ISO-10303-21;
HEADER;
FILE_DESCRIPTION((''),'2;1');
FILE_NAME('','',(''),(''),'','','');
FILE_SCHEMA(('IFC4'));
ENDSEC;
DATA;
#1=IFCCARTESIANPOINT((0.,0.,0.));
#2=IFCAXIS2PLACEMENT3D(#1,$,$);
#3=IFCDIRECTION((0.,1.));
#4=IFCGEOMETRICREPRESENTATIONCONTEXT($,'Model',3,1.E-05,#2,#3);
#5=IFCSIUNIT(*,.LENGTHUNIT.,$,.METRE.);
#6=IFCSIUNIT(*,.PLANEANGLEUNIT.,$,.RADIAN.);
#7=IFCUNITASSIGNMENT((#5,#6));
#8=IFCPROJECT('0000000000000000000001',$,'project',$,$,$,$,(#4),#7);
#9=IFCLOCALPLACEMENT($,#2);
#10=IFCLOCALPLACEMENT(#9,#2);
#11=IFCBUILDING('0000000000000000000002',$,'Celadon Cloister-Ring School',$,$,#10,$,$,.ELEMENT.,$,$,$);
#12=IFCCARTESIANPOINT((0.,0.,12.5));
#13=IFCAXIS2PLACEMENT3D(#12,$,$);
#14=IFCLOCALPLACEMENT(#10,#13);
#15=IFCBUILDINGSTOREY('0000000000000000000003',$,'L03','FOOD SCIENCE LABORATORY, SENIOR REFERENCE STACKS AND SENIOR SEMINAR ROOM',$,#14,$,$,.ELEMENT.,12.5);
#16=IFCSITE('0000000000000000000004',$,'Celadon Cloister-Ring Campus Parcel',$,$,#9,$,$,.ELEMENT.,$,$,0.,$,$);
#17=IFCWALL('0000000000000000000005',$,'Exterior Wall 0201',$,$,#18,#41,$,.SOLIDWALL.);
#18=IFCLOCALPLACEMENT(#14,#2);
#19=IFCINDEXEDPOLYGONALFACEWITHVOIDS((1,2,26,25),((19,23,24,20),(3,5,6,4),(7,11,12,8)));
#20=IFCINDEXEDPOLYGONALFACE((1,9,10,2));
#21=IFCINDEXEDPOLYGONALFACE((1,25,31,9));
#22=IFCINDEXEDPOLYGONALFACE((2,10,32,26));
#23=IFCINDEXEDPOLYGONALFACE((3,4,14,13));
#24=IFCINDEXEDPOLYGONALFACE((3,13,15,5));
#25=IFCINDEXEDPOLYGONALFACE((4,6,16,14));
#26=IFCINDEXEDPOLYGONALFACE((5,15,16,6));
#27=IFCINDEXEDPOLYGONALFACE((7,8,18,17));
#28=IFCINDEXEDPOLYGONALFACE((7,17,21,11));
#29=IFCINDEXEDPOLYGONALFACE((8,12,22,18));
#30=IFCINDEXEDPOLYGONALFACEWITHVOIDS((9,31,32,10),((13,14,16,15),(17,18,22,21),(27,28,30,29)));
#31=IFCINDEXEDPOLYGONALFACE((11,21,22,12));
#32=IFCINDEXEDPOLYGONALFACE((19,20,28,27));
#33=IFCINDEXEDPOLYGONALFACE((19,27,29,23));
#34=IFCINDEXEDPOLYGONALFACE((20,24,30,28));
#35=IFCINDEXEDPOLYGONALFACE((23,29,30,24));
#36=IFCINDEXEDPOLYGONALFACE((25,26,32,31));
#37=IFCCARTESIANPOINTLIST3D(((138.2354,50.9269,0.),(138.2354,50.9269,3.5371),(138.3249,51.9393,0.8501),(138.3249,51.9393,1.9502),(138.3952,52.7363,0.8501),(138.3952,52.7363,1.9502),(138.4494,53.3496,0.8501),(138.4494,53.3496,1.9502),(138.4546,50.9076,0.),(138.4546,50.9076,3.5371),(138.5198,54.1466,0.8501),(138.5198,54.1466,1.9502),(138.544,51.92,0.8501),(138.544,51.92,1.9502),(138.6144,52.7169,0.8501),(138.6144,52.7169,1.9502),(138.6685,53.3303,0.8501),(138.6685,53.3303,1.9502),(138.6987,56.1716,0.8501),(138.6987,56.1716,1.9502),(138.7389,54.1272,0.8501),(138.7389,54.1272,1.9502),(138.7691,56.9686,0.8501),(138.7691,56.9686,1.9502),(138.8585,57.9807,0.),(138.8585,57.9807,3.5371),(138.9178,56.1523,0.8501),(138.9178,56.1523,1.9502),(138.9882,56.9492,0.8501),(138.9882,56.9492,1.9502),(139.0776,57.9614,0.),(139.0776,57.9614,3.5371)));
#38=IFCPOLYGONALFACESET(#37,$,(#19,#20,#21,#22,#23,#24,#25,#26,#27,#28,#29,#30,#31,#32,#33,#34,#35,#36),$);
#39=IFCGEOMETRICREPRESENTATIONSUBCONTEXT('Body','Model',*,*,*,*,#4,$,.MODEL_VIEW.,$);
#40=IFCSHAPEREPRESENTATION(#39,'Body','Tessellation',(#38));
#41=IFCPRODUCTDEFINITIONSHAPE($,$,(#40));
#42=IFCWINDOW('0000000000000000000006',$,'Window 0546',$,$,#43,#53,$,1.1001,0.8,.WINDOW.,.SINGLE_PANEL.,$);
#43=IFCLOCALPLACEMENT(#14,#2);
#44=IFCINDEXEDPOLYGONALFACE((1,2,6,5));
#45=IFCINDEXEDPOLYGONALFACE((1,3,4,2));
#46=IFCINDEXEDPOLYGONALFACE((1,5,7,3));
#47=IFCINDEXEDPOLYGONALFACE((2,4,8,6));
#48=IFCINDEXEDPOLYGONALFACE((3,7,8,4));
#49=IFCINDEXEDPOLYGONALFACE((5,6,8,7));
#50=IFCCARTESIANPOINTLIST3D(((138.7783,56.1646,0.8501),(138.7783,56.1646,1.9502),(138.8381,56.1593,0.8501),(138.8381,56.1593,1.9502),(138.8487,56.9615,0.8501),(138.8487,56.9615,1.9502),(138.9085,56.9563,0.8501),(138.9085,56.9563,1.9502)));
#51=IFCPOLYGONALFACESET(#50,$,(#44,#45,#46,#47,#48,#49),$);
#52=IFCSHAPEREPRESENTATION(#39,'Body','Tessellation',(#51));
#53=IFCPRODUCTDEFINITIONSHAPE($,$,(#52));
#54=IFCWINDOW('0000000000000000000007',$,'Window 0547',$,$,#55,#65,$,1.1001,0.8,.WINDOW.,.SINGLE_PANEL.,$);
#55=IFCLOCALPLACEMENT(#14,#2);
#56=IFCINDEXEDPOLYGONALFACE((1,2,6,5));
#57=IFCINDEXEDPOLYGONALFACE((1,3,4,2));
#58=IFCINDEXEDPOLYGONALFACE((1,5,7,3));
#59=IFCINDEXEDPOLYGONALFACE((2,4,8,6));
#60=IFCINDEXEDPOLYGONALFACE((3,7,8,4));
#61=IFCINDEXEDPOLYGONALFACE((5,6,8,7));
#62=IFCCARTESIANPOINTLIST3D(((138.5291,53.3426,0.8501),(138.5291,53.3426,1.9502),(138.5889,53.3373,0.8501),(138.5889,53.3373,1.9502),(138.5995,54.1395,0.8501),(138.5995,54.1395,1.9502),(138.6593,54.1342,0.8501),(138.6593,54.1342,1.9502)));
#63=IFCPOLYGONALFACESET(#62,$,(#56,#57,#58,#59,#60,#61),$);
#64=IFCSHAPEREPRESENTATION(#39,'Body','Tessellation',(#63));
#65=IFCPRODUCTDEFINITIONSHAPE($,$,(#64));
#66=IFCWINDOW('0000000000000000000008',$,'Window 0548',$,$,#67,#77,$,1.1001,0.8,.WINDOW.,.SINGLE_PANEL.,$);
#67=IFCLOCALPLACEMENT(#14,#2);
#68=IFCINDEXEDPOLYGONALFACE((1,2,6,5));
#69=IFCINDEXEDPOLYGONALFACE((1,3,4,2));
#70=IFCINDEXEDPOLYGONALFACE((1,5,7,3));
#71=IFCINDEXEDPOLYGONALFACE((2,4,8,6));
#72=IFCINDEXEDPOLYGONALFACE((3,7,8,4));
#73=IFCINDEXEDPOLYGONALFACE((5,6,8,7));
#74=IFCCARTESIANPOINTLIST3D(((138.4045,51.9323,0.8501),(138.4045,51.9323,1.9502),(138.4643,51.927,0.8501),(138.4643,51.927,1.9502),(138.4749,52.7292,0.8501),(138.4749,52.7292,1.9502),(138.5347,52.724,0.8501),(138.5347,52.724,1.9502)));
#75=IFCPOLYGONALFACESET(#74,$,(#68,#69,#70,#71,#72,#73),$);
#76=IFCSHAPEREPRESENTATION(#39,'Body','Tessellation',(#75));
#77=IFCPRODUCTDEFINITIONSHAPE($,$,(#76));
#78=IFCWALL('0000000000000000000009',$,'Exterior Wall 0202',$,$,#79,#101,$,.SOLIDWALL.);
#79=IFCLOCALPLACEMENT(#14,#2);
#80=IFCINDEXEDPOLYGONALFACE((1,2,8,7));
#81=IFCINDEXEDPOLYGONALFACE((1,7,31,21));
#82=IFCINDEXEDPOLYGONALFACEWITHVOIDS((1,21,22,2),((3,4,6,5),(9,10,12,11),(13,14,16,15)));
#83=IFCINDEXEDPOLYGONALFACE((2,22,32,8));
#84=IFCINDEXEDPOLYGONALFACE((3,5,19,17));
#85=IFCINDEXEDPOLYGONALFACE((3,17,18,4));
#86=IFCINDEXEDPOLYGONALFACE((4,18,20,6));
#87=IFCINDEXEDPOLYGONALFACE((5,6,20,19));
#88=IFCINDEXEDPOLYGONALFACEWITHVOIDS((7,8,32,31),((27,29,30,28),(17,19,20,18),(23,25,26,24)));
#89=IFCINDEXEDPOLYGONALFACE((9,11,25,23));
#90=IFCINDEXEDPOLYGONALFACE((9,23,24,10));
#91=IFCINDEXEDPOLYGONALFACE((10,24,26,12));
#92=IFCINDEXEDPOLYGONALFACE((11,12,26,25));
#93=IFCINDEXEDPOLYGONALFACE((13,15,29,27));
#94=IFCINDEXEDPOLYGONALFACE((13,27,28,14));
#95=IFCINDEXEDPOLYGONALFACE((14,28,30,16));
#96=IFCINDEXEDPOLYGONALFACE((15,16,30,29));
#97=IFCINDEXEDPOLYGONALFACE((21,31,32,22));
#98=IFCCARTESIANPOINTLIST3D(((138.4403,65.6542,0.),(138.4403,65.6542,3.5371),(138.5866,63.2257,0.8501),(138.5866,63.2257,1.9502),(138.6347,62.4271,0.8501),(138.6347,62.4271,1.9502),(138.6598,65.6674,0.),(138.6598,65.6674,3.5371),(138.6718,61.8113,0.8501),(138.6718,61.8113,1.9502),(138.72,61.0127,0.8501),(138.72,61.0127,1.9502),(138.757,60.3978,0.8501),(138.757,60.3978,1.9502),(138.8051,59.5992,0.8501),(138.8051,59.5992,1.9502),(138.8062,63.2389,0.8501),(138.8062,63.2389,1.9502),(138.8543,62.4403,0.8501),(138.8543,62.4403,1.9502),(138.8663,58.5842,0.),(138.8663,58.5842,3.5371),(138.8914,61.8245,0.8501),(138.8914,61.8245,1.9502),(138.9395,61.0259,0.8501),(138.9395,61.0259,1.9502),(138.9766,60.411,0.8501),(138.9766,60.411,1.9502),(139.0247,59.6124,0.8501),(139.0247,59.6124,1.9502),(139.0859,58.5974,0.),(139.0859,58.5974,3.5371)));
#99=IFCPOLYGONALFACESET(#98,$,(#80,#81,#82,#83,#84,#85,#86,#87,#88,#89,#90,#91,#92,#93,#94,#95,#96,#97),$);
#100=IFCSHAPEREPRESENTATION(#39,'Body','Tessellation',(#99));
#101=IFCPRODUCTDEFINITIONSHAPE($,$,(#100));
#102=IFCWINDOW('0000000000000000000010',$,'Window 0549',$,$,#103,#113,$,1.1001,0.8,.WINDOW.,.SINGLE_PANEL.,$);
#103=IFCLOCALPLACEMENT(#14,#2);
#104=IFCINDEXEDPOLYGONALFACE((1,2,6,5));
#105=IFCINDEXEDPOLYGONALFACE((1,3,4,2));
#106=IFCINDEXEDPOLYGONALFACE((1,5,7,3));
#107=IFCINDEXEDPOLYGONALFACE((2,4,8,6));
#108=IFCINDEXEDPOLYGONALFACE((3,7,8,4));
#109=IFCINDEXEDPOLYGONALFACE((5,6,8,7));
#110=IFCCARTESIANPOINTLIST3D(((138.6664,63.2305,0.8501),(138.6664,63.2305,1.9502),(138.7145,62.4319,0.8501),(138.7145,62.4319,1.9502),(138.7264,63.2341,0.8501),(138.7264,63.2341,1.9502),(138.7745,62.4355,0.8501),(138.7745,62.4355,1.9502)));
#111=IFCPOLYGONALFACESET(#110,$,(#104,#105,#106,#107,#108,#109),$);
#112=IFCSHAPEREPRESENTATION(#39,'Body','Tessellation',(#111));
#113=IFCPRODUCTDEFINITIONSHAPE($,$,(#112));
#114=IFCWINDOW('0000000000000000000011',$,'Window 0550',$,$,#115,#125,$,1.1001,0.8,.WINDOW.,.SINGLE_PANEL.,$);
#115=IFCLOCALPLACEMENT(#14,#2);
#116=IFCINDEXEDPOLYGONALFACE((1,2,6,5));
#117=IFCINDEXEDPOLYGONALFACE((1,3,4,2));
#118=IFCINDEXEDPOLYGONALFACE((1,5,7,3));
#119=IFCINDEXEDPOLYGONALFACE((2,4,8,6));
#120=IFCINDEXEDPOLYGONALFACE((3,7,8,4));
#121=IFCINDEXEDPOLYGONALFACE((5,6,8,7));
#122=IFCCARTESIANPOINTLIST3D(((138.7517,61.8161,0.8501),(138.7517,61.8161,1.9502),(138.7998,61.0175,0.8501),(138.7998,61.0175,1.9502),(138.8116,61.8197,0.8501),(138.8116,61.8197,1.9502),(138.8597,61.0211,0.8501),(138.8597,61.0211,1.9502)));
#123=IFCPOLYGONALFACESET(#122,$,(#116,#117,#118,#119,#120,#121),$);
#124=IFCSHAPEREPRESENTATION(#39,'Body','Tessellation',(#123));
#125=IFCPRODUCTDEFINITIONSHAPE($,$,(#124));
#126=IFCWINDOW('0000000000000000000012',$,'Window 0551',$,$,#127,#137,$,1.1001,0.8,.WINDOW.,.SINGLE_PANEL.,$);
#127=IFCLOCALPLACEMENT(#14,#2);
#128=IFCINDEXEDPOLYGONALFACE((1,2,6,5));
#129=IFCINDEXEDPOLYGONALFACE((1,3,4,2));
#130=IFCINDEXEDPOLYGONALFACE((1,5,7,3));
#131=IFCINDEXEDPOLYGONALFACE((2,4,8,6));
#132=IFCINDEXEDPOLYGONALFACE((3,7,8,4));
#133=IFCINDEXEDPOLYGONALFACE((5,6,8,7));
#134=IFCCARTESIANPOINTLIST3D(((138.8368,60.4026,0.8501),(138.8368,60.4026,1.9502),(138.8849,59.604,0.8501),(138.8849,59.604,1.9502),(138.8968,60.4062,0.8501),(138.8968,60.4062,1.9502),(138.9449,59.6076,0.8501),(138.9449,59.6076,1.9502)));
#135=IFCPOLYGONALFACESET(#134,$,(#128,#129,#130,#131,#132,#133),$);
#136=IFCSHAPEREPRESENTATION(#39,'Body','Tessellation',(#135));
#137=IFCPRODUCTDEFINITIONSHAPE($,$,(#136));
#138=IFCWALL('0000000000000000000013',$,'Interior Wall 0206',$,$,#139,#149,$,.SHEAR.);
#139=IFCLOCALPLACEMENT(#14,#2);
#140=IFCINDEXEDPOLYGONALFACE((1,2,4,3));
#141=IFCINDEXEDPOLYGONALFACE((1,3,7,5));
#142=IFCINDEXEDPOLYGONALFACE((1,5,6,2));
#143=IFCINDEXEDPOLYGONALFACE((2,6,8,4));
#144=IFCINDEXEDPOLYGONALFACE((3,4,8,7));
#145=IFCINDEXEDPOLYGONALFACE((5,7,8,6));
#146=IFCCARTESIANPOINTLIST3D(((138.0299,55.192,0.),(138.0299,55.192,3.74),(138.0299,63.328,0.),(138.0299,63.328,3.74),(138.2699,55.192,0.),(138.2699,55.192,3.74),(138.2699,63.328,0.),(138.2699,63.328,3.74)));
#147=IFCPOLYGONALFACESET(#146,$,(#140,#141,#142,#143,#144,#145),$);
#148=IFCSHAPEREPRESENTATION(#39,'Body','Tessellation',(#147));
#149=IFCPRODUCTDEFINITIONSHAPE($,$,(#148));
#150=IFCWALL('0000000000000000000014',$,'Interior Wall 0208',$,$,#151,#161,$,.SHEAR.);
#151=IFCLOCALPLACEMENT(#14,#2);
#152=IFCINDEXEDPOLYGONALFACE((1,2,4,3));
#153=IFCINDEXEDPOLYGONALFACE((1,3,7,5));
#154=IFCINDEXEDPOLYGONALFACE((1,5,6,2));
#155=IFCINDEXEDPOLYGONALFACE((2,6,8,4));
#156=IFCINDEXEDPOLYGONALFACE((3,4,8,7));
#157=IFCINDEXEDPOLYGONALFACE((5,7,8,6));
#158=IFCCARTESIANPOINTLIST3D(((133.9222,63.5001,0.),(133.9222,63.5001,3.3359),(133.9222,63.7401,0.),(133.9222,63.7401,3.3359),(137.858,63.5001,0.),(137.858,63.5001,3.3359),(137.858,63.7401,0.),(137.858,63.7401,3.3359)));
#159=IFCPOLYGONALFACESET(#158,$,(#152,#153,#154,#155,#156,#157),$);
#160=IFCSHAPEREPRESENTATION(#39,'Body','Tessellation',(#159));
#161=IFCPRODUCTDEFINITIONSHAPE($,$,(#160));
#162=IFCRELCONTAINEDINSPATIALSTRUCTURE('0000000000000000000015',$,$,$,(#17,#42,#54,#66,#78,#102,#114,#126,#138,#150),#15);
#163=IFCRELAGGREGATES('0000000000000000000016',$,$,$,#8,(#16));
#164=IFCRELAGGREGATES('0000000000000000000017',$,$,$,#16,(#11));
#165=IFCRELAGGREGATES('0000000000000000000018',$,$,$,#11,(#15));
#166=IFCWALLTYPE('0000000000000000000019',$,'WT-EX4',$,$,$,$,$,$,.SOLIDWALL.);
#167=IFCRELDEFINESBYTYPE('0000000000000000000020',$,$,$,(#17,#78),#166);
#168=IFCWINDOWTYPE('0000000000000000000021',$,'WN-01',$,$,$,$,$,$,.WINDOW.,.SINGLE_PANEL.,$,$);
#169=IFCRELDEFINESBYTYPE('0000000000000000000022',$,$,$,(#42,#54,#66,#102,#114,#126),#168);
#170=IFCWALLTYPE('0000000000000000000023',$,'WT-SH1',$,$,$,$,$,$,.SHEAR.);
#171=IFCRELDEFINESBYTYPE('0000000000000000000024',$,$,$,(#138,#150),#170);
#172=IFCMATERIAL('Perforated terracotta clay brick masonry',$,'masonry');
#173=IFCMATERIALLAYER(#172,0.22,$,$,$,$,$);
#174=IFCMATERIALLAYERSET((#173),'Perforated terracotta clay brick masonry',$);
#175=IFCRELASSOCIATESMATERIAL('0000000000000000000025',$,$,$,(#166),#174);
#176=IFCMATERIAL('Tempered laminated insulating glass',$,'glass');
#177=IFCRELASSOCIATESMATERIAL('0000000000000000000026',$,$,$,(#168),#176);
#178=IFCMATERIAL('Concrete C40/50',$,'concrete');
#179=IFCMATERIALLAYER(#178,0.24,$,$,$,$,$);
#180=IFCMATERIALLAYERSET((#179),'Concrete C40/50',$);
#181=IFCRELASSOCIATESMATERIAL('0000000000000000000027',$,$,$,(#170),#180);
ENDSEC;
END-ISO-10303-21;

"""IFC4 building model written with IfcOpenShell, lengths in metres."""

from ifc_helpers import new_model, si_unit, direction, frame, frame_2d, origin, place, context, subcontext, project, spatial, rectangle, extrude, material, layer, layer_set, type_object, element, fill, save


model = new_model("IFC4")

# Units and contexts
model_context = context("Model", 3, precision=1e-05, world=origin(), true_north=direction((0.0, 1.0)))
body_context = subcontext(model_context, "Body", "Model", "MODEL_VIEW")
ifc_project = project(units=[si_unit("LENGTHUNIT", "METRE"), si_unit("PLANEANGLEUNIT", "RADIAN")], contexts=[model_context])

# Site, building, storey
site_placement = place(None, origin())
site = spatial("IfcSite", under=ifc_project, at=site_placement, Name="Celadon Cloister-Ring Campus Parcel", CompositionType="ELEMENT", RefElevation=0.0)
building_placement = place(site_placement, origin())
building = spatial("IfcBuilding", under=site, at=building_placement, Name="Celadon Cloister-Ring School", CompositionType="ELEMENT")
storey_placement = place(building_placement, frame((0.0, 0.0, 12.5)))
storey = spatial("IfcBuildingStorey", under=building, at=storey_placement, Name="L03", Description="FOOD SCIENCE LABORATORY, SENIOR REFERENCE STACKS AND SENIOR SEMINAR ROOM", CompositionType="ELEMENT", Elevation=12.5)

# Walls, openings, windows
ifc_material_1 = material(Name="Perforated terracotta clay brick masonry", Category="masonry")
ifc_layer_1 = layer(ifc_material_1, 0.22)
ifc_layer_set_1 = layer_set([ifc_layer_1], Name="Perforated terracotta clay brick masonry")
wall_type_1 = type_object("IfcWallType", Name="WT-EX4", PredefinedType="SOLIDWALL", material=ifc_layer_set_1)
wall_1_placement = place(storey_placement, frame((138.968, 57.9709, 0.0), z_axis=(0.0, 0.0, 1.0), x_axis=(-0.087983, -0.996122, 0.0)))
wall_1 = element("IfcWall", 1, at=wall_1_placement, inside=storey, type_object=wall_type_1, Name="Exterior Wall 0201", PredefinedType="SOLIDWALL", context=body_context, shape_type="SweptSolid", body=[
    extrude(rectangle(XDim=7.0813, YDim=0.22, at=frame_2d((3.5405, 0.0))), origin(), (0.0, 0.0, 1.0), 3.5371),
])
opening_1_placement = place(wall_1_placement, frame((1.0161, 0.0, 0.8501)))
opening_1 = element("IfcOpeningElement", 2, at=opening_1_placement, cuts=wall_1, PredefinedType="OPENING", context=body_context, shape_type="SweptSolid", body=[
    extrude(rectangle(XDim=0.8, YDim=1.1001, at=frame_2d((0.3999, 0.55))), frame((0.0, 0.1201, 0.0), z_axis=(0.0, -1.0, 0.0), x_axis=(1.0, 0.0, 0.0)), (0.0, 0.0, 1.0), 0.24),
])
opening_2_placement = place(wall_1_placement, frame((3.8491, 0.0, 0.8501)))
opening_2 = element("IfcOpeningElement", 3, at=opening_2_placement, cuts=wall_1, PredefinedType="OPENING", context=body_context, shape_type="SweptSolid", body=[
    extrude(rectangle(XDim=0.8, YDim=1.1001, at=frame_2d((0.3999, 0.55))), frame((0.0, 0.1201, 0.0), z_axis=(0.0, -1.0, 0.0), x_axis=(1.0, 0.0, 0.0)), (0.0, 0.0, 1.0), 0.24),
])
opening_3_placement = place(wall_1_placement, frame((5.2649, 0.0, 0.8501)))
opening_3 = element("IfcOpeningElement", 4, at=opening_3_placement, cuts=wall_1, PredefinedType="OPENING", context=body_context, shape_type="SweptSolid", body=[
    extrude(rectangle(XDim=0.8, YDim=1.1001, at=frame_2d((0.3999, 0.55))), frame((0.0, 0.1201, 0.0), z_axis=(0.0, -1.0, 0.0), x_axis=(1.0, 0.0, 0.0)), (0.0, 0.0, 1.0), 0.24),
])
ifc_material_2 = material(Name="Tempered laminated insulating glass", Category="glass")
window_type = type_object("IfcWindowType", Name="WN-01", PartitioningType="SINGLE_PANEL", PredefinedType="WINDOW", material=ifc_material_2)
window_1_placement = place(opening_1_placement, origin())
window_1 = element("IfcWindow", 5, at=window_1_placement, inside=storey, type_object=window_type, Name="Window 0546", OverallHeight=1.1001, OverallWidth=0.8, PartitioningType="SINGLE_PANEL", PredefinedType="WINDOW", context=body_context, shape_type="SweptSolid", body=[
    extrude(rectangle(XDim=0.8, YDim=1.1001, at=frame_2d((0.3999, 0.55))), frame((0.0, 0.03, 0.0), z_axis=(0.0, -1.0, 0.0), x_axis=(1.0, 0.0, 0.0)), (0.0, 0.0, 1.0), 0.0601),
])
fill(opening_1, window_1)
window_2_placement = place(opening_2_placement, origin())
window_2 = element("IfcWindow", 6, at=window_2_placement, inside=storey, type_object=window_type, Name="Window 0547", OverallHeight=1.1001, OverallWidth=0.8, PartitioningType="SINGLE_PANEL", PredefinedType="WINDOW", context=body_context, shape_type="SweptSolid", body=[
    extrude(rectangle(XDim=0.8, YDim=1.1001, at=frame_2d((0.3999, 0.55))), frame((0.0, 0.03, 0.0), z_axis=(0.0, -1.0, 0.0), x_axis=(1.0, 0.0, 0.0)), (0.0, 0.0, 1.0), 0.0601),
])
fill(opening_2, window_2)
window_3_placement = place(opening_3_placement, origin())
window_3 = element("IfcWindow", 7, at=window_3_placement, inside=storey, type_object=window_type, Name="Window 0548", OverallHeight=1.1001, OverallWidth=0.8, PartitioningType="SINGLE_PANEL", PredefinedType="WINDOW", context=body_context, shape_type="SweptSolid", body=[
    extrude(rectangle(XDim=0.8, YDim=1.1001, at=frame_2d((0.3999, 0.55))), frame((0.0, 0.03, 0.0), z_axis=(0.0, -1.0, 0.0), x_axis=(1.0, 0.0, 0.0)), (0.0, 0.0, 1.0), 0.0601),
])
fill(opening_3, window_3)
wall_2_placement = place(storey_placement, frame((138.55, 65.6609, 0.0), z_axis=(0.0, 0.0, 1.0), x_axis=(0.060151, -0.998189, 0.0)))
wall_2 = element("IfcWall", 8, at=wall_2_placement, inside=storey, type_object=wall_type_1, Name="Exterior Wall 0202", PredefinedType="SOLIDWALL", context=body_context, shape_type="SweptSolid", body=[
    extrude(rectangle(XDim=7.0828, YDim=0.22, at=frame_2d((3.5415, 0.0))), origin(), (0.0, 0.0, 1.0), 3.5371),
])
opening_4_placement = place(wall_2_placement, frame((2.4331, 0.0, 0.8501)))
opening_4 = element("IfcOpeningElement", 9, at=opening_4_placement, cuts=wall_2, PredefinedType="OPENING", context=body_context, shape_type="SweptSolid", body=[
    extrude(rectangle(XDim=0.8, YDim=1.1001, at=frame_2d((0.3999, 0.55))), frame((0.0, 0.1201, 0.0), z_axis=(0.0, -1.0, 0.0), x_axis=(1.0, 0.0, 0.0)), (0.0, 0.0, 1.0), 0.24),
])
opening_5_placement = place(wall_2_placement, frame((3.8501, 0.0, 0.8501)))
opening_5 = element("IfcOpeningElement", 10, at=opening_5_placement, cuts=wall_2, PredefinedType="OPENING", context=body_context, shape_type="SweptSolid", body=[
    extrude(rectangle(XDim=0.8, YDim=1.1001, at=frame_2d((0.3999, 0.55))), frame((0.0, 0.1201, 0.0), z_axis=(0.0, -1.0, 0.0), x_axis=(1.0, 0.0, 0.0)), (0.0, 0.0, 1.0), 0.24),
])
opening_6_placement = place(wall_2_placement, frame((5.2661, 0.0, 0.8501)))
opening_6 = element("IfcOpeningElement", 11, at=opening_6_placement, cuts=wall_2, PredefinedType="OPENING", context=body_context, shape_type="SweptSolid", body=[
    extrude(rectangle(XDim=0.8, YDim=1.1001, at=frame_2d((0.3999, 0.55))), frame((0.0, 0.1201, 0.0), z_axis=(0.0, -1.0, 0.0), x_axis=(1.0, 0.0, 0.0)), (0.0, 0.0, 1.0), 0.24),
])
window_4_placement = place(opening_4_placement, origin())
window_4 = element("IfcWindow", 12, at=window_4_placement, inside=storey, type_object=window_type, Name="Window 0549", OverallHeight=1.1001, OverallWidth=0.8, PartitioningType="SINGLE_PANEL", PredefinedType="WINDOW", context=body_context, shape_type="SweptSolid", body=[
    extrude(rectangle(XDim=0.8, YDim=1.1001, at=frame_2d((0.3999, 0.55))), frame((0.0, 0.03, 0.0), z_axis=(0.0, -1.0, 0.0), x_axis=(1.0, 0.0, 0.0)), (0.0, 0.0, 1.0), 0.0601),
])
fill(opening_4, window_4)
window_5_placement = place(opening_5_placement, origin())
window_5 = element("IfcWindow", 13, at=window_5_placement, inside=storey, type_object=window_type, Name="Window 0550", OverallHeight=1.1001, OverallWidth=0.8, PartitioningType="SINGLE_PANEL", PredefinedType="WINDOW", context=body_context, shape_type="SweptSolid", body=[
    extrude(rectangle(XDim=0.8, YDim=1.1001, at=frame_2d((0.3999, 0.55))), frame((0.0, 0.03, 0.0), z_axis=(0.0, -1.0, 0.0), x_axis=(1.0, 0.0, 0.0)), (0.0, 0.0, 1.0), 0.0601),
])
fill(opening_5, window_5)
window_6_placement = place(opening_6_placement, origin())
window_6 = element("IfcWindow", 14, at=window_6_placement, inside=storey, type_object=window_type, Name="Window 0551", OverallHeight=1.1001, OverallWidth=0.8, PartitioningType="SINGLE_PANEL", PredefinedType="WINDOW", context=body_context, shape_type="SweptSolid", body=[
    extrude(rectangle(XDim=0.8, YDim=1.1001, at=frame_2d((0.3999, 0.55))), frame((0.0, 0.03, 0.0), z_axis=(0.0, -1.0, 0.0), x_axis=(1.0, 0.0, 0.0)), (0.0, 0.0, 1.0), 0.0601),
])
fill(opening_6, window_6)

# Walls
ifc_material_3 = material(Name="Concrete C40/50", Category="concrete")
ifc_layer_2 = layer(ifc_material_3, 0.24)
ifc_layer_set_2 = layer_set([ifc_layer_2], Name="Concrete C40/50")
wall_type_2 = type_object("IfcWallType", Name="WT-SH1", PredefinedType="SHEAR", material=ifc_layer_set_2)
wall_3_placement = place(storey_placement, frame((138.1499, 63.3279, 0.0), z_axis=(0.0, 0.0, 1.0), x_axis=(0.0, -1.0, 0.0)))
element("IfcWall", 15, at=wall_3_placement, inside=storey, type_object=wall_type_2, Name="Interior Wall 0206", PredefinedType="SHEAR", context=body_context, shape_type="SweptSolid", body=[
    extrude(rectangle(XDim=8.136, YDim=0.24, at=frame_2d((4.0679, 0.0))), origin(), (0.0, 0.0, 1.0), 3.74),
])
wall_4_placement = place(storey_placement, frame((137.8579, 63.6201, 0.0), z_axis=(0.0, 0.0, 1.0), x_axis=(-1.0, 0.0, 0.0)))
element("IfcWall", 16, at=wall_4_placement, inside=storey, type_object=wall_type_2, Name="Interior Wall 0208", PredefinedType="SHEAR", context=body_context, shape_type="SweptSolid", body=[
    extrude(rectangle(XDim=3.9358, YDim=0.24, at=frame_2d((1.9678, 0.0))), origin(), (0.0, 0.0, 1.0), 3.3359),
])

save(model, "model.ifc")
